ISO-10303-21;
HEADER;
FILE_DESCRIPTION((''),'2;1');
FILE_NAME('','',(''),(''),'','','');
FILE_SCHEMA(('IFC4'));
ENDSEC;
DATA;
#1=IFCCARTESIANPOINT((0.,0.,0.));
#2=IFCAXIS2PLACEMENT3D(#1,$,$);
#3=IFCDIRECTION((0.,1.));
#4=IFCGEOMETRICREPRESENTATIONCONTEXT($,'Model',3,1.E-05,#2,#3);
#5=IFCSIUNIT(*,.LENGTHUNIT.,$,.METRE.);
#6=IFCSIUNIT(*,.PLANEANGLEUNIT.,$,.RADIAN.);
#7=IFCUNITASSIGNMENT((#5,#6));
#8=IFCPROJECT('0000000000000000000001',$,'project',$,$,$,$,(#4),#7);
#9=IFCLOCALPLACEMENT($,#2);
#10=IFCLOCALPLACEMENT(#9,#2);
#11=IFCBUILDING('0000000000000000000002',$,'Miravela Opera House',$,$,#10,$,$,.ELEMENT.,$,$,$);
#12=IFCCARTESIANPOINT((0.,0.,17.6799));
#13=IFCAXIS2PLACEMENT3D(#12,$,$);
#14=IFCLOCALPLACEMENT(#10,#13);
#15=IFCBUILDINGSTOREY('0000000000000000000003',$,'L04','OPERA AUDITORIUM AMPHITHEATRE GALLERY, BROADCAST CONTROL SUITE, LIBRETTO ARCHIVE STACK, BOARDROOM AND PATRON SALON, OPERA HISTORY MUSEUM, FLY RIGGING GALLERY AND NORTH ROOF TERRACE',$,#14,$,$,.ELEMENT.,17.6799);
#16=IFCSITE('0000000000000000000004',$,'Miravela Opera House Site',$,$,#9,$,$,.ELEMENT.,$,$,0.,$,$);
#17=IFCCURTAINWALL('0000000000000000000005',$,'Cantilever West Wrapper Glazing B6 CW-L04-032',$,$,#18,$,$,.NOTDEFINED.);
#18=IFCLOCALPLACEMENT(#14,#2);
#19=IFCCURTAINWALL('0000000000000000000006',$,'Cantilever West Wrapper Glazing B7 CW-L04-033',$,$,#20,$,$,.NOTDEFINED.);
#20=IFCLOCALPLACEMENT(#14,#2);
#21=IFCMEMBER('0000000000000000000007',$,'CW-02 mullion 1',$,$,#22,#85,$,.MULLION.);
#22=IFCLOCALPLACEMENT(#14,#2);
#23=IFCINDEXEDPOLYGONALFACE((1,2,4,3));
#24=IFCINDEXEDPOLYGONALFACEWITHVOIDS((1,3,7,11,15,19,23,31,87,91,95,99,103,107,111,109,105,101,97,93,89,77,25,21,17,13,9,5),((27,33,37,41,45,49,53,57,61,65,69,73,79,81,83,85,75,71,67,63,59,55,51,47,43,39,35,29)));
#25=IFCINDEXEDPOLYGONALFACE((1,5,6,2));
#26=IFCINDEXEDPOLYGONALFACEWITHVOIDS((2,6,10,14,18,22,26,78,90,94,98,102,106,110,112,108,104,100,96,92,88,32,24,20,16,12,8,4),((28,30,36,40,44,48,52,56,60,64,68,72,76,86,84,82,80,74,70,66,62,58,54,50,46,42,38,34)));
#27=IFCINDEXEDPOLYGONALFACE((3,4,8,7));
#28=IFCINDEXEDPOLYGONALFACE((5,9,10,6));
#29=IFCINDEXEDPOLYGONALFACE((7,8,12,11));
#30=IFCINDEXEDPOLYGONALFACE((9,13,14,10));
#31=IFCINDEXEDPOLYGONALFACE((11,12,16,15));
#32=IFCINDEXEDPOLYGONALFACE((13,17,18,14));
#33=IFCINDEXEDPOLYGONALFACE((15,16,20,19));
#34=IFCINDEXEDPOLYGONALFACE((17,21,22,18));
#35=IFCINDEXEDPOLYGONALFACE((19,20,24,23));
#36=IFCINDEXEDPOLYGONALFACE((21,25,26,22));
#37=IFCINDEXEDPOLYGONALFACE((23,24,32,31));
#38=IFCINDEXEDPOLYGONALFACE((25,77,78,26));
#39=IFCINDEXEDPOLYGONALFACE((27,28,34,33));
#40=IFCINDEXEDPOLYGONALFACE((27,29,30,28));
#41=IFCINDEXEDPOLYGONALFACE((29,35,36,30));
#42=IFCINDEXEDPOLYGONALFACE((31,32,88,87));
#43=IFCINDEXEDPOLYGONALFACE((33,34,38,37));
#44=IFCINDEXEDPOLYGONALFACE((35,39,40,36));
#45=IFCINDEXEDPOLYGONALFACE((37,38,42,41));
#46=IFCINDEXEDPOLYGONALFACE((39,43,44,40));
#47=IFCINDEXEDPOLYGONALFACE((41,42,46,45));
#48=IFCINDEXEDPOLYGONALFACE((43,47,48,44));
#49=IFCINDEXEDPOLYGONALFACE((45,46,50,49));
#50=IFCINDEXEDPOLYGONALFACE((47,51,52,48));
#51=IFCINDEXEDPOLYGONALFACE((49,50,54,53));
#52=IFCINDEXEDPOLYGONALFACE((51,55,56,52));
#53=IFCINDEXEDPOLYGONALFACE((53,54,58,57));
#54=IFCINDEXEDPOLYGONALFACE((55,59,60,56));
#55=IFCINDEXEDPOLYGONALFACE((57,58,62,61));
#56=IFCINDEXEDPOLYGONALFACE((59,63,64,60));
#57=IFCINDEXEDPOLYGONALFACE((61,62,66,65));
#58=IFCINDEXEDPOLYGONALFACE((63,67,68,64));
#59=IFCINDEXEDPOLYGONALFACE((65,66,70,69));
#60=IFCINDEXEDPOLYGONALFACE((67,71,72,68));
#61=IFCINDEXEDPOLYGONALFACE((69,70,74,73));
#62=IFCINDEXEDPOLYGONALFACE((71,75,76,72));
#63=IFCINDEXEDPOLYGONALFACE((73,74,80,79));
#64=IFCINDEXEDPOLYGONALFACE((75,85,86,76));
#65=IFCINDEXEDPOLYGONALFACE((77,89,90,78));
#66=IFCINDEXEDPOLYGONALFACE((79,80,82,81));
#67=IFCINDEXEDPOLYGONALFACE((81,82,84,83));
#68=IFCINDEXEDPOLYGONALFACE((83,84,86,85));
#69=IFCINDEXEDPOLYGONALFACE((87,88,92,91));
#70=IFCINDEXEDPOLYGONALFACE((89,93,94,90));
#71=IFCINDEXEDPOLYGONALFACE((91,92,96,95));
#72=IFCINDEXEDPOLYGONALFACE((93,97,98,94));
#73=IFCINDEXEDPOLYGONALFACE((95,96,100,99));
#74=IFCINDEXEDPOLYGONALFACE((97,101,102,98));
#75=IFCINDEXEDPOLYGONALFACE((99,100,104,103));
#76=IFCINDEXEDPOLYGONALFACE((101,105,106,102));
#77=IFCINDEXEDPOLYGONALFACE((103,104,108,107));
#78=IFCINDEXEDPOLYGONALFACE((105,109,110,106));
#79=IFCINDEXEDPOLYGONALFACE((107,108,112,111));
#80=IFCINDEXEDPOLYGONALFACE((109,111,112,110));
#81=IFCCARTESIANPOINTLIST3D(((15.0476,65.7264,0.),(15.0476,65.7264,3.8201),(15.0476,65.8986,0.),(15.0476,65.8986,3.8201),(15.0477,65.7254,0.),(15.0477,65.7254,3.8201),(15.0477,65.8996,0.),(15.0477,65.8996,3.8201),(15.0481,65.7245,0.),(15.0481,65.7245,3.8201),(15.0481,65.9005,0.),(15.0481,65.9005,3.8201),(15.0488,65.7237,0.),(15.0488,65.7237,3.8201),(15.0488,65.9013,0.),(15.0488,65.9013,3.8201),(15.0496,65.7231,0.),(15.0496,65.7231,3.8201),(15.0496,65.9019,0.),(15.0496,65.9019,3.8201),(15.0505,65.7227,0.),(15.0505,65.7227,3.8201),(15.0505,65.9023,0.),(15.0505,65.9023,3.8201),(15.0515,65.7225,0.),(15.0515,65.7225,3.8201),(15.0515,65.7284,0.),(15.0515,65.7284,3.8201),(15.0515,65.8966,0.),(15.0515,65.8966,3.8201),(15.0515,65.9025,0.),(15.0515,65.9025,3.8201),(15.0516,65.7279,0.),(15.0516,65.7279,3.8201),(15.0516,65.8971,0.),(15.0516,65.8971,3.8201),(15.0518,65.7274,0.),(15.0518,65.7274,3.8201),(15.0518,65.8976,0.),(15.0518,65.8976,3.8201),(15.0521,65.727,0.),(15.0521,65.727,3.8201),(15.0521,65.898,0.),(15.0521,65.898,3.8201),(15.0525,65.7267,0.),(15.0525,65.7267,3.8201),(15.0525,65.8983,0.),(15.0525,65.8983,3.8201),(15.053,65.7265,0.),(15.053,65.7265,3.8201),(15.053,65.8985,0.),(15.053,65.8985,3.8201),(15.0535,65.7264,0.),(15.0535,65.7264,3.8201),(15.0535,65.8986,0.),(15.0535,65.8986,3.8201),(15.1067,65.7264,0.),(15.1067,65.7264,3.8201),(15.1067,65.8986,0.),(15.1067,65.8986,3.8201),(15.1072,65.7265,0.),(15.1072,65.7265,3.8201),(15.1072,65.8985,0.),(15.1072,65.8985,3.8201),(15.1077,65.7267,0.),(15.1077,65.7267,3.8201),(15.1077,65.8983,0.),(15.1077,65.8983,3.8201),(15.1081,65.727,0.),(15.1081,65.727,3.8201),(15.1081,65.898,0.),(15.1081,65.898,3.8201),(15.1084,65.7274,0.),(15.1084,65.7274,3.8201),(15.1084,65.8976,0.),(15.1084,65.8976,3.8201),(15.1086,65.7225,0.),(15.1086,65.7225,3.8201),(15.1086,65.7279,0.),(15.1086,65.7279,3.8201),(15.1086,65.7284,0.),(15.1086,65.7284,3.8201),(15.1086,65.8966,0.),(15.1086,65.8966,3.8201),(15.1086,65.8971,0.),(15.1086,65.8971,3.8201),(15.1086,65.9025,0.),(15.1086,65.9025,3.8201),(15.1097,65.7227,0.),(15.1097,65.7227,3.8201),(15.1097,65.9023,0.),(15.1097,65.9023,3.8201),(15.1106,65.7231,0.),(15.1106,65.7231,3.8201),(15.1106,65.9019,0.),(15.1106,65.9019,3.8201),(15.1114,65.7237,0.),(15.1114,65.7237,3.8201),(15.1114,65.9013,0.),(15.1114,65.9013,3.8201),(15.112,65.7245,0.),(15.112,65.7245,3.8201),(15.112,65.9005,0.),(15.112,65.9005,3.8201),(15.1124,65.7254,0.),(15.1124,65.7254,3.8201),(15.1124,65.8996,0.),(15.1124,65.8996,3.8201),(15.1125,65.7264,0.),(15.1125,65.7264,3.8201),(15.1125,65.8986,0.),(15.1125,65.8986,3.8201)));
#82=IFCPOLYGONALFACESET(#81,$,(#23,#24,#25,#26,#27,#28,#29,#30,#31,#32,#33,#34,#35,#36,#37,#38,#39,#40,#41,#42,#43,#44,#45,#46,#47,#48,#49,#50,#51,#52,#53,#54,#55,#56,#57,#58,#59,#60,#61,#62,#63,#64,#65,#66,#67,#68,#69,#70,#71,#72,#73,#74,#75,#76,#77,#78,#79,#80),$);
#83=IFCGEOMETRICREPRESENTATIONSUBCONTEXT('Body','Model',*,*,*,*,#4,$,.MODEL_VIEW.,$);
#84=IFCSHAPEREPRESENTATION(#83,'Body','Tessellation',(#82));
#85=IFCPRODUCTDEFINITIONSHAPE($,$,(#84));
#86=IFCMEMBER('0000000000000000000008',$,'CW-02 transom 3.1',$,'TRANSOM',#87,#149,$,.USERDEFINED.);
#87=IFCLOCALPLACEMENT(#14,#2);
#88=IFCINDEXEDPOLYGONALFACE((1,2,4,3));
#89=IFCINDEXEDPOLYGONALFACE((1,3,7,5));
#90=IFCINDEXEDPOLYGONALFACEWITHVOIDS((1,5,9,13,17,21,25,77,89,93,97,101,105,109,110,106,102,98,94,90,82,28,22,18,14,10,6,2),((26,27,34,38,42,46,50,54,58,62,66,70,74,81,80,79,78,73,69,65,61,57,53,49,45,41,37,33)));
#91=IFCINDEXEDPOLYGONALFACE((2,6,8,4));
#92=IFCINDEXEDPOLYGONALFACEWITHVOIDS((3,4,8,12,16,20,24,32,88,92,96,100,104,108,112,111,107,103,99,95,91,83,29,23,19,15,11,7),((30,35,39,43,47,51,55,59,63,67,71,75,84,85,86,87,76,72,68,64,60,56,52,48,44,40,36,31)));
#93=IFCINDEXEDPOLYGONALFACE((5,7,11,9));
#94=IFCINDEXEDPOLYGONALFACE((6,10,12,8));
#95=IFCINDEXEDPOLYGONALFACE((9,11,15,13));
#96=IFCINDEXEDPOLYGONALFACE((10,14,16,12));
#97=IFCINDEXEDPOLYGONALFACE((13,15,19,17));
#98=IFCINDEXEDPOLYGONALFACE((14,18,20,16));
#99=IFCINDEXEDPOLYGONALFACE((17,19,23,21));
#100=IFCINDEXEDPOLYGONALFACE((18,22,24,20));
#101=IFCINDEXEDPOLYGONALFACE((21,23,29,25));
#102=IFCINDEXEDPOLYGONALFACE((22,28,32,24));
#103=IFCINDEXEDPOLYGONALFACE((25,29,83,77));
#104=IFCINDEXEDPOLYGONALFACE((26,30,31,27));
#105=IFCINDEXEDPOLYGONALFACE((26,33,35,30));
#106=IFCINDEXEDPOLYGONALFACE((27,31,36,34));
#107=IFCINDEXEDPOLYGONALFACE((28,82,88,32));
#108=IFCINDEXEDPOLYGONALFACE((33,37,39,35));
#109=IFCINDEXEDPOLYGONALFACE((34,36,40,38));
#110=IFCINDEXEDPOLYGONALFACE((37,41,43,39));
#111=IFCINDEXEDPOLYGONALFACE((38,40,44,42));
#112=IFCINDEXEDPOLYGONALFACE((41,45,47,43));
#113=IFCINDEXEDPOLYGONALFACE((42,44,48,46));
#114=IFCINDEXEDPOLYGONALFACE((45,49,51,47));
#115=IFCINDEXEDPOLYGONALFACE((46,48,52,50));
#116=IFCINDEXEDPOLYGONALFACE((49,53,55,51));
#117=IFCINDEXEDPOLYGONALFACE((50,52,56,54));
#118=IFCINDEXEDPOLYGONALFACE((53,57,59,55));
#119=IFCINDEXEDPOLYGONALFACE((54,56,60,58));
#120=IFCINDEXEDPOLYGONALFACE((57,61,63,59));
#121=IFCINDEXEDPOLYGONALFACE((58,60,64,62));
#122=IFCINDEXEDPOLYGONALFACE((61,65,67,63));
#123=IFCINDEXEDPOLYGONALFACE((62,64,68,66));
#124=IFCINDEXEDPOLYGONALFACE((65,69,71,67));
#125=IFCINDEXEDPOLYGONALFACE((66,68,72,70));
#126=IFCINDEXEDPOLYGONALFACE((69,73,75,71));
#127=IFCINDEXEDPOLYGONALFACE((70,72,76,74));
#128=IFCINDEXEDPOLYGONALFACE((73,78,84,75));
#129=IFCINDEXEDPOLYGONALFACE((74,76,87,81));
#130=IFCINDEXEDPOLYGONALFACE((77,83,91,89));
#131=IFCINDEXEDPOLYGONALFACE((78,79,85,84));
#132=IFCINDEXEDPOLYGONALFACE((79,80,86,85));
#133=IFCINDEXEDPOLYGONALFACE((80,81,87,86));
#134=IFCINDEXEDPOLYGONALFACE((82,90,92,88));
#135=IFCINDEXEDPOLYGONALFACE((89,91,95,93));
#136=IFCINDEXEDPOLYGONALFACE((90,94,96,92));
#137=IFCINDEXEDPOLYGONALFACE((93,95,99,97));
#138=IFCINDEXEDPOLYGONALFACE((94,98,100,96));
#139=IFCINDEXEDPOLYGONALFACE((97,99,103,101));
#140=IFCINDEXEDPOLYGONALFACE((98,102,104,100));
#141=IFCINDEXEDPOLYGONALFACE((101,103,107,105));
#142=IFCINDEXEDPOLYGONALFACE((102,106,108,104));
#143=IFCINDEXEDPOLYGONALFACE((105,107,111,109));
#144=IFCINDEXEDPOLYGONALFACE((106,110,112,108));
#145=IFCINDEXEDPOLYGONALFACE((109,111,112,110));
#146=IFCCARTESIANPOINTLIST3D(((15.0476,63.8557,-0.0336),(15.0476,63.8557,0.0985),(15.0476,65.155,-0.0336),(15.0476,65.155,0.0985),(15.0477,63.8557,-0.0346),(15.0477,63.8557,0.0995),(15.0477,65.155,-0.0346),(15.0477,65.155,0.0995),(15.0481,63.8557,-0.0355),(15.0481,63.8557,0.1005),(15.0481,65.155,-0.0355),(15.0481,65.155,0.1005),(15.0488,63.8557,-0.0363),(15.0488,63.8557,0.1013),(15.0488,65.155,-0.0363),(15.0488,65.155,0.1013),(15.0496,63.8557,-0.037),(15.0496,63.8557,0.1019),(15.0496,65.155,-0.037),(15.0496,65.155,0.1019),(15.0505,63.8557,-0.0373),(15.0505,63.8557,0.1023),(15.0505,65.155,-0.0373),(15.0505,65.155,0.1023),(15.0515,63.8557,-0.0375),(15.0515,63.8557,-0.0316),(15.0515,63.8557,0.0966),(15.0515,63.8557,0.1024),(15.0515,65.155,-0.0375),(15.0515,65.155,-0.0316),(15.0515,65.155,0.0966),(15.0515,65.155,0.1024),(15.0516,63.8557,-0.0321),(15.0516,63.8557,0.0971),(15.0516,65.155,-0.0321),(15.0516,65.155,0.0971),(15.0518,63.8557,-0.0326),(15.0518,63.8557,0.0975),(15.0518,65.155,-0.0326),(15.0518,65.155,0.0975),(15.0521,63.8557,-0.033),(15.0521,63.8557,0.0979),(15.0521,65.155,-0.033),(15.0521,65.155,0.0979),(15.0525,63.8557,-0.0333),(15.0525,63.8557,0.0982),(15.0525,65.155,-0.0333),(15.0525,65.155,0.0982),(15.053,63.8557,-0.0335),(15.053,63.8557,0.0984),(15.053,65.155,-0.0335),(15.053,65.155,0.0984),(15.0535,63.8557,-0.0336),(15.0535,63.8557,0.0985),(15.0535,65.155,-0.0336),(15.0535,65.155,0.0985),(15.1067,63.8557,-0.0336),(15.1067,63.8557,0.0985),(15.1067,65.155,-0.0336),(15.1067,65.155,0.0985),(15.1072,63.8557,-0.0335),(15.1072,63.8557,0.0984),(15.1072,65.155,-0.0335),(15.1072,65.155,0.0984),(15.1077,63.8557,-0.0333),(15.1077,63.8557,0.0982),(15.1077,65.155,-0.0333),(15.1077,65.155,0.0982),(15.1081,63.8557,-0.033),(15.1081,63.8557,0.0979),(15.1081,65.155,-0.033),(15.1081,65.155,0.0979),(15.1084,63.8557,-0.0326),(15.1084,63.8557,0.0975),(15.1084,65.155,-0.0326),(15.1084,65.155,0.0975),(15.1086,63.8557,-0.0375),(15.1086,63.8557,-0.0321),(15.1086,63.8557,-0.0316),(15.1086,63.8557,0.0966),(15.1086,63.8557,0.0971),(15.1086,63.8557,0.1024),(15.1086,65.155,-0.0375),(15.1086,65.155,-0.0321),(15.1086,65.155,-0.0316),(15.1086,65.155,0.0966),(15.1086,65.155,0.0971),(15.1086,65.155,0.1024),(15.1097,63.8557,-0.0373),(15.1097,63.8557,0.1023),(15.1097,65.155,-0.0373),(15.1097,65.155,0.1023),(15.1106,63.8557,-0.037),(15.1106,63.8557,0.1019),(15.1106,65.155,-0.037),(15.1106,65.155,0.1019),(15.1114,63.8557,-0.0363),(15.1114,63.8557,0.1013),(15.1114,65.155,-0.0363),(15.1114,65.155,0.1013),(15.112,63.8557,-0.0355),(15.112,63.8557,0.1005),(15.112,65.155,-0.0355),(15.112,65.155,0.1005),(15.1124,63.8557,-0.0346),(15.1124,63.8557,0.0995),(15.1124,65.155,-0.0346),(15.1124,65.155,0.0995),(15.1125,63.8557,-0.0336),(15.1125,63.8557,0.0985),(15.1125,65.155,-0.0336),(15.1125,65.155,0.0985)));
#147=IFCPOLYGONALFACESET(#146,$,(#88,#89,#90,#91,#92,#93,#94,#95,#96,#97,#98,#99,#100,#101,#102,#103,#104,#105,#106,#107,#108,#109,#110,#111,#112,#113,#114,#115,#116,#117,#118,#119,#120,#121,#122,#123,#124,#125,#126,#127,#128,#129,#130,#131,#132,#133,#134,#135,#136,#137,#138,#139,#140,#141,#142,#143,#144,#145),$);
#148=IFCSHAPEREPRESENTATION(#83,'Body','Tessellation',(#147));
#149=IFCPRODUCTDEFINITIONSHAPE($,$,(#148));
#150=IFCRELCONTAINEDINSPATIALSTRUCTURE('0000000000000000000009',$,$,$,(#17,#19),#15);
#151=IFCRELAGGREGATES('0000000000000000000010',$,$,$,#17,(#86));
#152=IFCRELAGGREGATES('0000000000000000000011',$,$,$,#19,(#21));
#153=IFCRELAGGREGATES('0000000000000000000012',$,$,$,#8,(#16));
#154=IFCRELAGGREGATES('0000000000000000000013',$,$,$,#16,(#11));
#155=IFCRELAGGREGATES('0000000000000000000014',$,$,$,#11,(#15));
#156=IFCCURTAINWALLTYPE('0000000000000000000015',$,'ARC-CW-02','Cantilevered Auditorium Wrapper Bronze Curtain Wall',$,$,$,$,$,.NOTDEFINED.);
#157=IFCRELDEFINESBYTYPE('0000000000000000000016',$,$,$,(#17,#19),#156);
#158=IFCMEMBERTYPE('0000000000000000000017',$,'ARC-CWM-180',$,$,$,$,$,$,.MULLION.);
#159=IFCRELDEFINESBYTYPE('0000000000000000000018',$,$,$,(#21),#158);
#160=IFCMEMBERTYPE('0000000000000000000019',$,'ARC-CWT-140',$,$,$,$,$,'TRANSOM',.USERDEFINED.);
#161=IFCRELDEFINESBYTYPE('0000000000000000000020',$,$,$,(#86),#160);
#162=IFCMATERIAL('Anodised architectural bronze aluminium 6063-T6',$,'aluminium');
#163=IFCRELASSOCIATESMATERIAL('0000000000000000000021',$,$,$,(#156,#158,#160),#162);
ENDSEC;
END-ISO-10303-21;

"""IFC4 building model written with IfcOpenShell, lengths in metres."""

from ifc_helpers import new_model, si_unit, direction, frame, origin, origin_2d, place, context, subcontext, project, spatial, hollow_rectangle, extrude, material, material_profile, profile_set, type_object, element, aggregate, save


model = new_model("IFC4")

# Units and contexts
model_context = context("Model", 3, precision=1e-05, world=origin(), true_north=direction((0.0, 1.0)))
body_context = subcontext(model_context, "Body", "Model", "MODEL_VIEW")
ifc_project = project(units=[si_unit("LENGTHUNIT", "METRE"), si_unit("PLANEANGLEUNIT", "RADIAN")], contexts=[model_context])

# Site, building, storey
site_placement = place(None, origin())
site = spatial("IfcSite", under=ifc_project, at=site_placement, Name="Miravela Opera House Site", CompositionType="ELEMENT", RefElevation=0.0)
building_placement = place(site_placement, origin())
building = spatial("IfcBuilding", under=site, at=building_placement, Name="Miravela Opera House", CompositionType="ELEMENT")
storey_placement = place(building_placement, frame((0.0, 0.0, 17.6799)))
storey = spatial("IfcBuildingStorey", under=building, at=storey_placement, Name="L04", Description="OPERA AUDITORIUM AMPHITHEATRE GALLERY, BROADCAST CONTROL SUITE, LIBRETTO ARCHIVE STACK, BOARDROOM AND PATRON SALON, OPERA HISTORY MUSEUM, FLY RIGGING GALLERY AND NORTH ROOF TERRACE", CompositionType="ELEMENT", Elevation=17.6799)

# Curtain wall
ifc_material_1 = material(Name="Anodised architectural bronze aluminium 6063-T6", Category="aluminium")
curtain_wall_type = type_object("IfcCurtainWallType", Name="ARC-CW-02", Description="Cantilevered Auditorium Wrapper Bronze Curtain Wall", PredefinedType="NOTDEFINED", material=ifc_material_1)
curtain_wall_1_placement = place(storey_placement, origin())
curtain_wall_1 = element("IfcCurtainWall", 1, at=curtain_wall_1_placement, inside=storey, type_object=curtain_wall_type, Name="Cantilever West Wrapper Glazing B6 CW-L04-032", PredefinedType="NOTDEFINED")
ifc_material_profile_1 = material_profile(ifc_material_1, hollow_rectangle(XDim=0.0649, YDim=0.1799, WallThickness=0.0039, InnerFilletRadius=0.002, OuterFilletRadius=0.0039, at=origin_2d()), Name="CWM-65X180")
ifc_profile_set_1 = profile_set([ifc_material_profile_1])
member_type_1 = type_object("IfcMemberType", Name="ARC-CWM-180", PredefinedType="MULLION", material=ifc_profile_set_1)

# Curtain wall, member
curtain_wall_2_placement = place(storey_placement, origin())
curtain_wall_2 = element("IfcCurtainWall", 2, at=curtain_wall_2_placement, inside=storey, type_object=curtain_wall_type, Name="Cantilever West Wrapper Glazing B7 CW-L04-033", PredefinedType="NOTDEFINED")
member_1_placement = place(storey_placement, frame((15.0801, 65.8125, 0.0), z_axis=(0.0, 0.0, 1.0), x_axis=(-1.0, 0.0, 0.0)))
member_1 = element("IfcMember", 3, at=member_1_placement, type_object=member_type_1, Name="CW-02 mullion 1", PredefinedType="MULLION", context=body_context, shape_type="SweptSolid", body=[
    extrude(hollow_rectangle(XDim=0.0649, YDim=0.1799, WallThickness=0.0039, InnerFilletRadius=0.002, OuterFilletRadius=0.0039, at=origin_2d()), origin(), (0.0, 0.0, 1.0), 3.8201),
])

# Member
ifc_material_profile_2 = material_profile(ifc_material_1, hollow_rectangle(XDim=0.0649, YDim=0.1399, WallThickness=0.0039, InnerFilletRadius=0.002, OuterFilletRadius=0.0039, at=origin_2d()), Name="CWT-65X140")
ifc_profile_set_2 = profile_set([ifc_material_profile_2])
member_type_2 = type_object("IfcMemberType", Name="ARC-CWT-140", ElementType="TRANSOM", PredefinedType="USERDEFINED", material=ifc_profile_set_2)
member_2_placement = place(storey_placement, frame((15.0801, 63.8557, 0.0325), z_axis=(0.0, 1.0, 0.0), x_axis=(-1.0, 0.0, 0.0)))
member_2 = element("IfcMember", 4, at=member_2_placement, type_object=member_type_2, Name="CW-02 transom 3.1", ObjectType="TRANSOM", PredefinedType="USERDEFINED", context=body_context, shape_type="SweptSolid", body=[
    extrude(hollow_rectangle(XDim=0.0649, YDim=0.1399, WallThickness=0.0039, InnerFilletRadius=0.002, OuterFilletRadius=0.0039, at=origin_2d()), origin(), (0.0, 0.0, 1.0), 1.2993),
])

aggregate(curtain_wall_1, [member_2])
aggregate(curtain_wall_2, [member_1])

save(model, "model.ifc")
